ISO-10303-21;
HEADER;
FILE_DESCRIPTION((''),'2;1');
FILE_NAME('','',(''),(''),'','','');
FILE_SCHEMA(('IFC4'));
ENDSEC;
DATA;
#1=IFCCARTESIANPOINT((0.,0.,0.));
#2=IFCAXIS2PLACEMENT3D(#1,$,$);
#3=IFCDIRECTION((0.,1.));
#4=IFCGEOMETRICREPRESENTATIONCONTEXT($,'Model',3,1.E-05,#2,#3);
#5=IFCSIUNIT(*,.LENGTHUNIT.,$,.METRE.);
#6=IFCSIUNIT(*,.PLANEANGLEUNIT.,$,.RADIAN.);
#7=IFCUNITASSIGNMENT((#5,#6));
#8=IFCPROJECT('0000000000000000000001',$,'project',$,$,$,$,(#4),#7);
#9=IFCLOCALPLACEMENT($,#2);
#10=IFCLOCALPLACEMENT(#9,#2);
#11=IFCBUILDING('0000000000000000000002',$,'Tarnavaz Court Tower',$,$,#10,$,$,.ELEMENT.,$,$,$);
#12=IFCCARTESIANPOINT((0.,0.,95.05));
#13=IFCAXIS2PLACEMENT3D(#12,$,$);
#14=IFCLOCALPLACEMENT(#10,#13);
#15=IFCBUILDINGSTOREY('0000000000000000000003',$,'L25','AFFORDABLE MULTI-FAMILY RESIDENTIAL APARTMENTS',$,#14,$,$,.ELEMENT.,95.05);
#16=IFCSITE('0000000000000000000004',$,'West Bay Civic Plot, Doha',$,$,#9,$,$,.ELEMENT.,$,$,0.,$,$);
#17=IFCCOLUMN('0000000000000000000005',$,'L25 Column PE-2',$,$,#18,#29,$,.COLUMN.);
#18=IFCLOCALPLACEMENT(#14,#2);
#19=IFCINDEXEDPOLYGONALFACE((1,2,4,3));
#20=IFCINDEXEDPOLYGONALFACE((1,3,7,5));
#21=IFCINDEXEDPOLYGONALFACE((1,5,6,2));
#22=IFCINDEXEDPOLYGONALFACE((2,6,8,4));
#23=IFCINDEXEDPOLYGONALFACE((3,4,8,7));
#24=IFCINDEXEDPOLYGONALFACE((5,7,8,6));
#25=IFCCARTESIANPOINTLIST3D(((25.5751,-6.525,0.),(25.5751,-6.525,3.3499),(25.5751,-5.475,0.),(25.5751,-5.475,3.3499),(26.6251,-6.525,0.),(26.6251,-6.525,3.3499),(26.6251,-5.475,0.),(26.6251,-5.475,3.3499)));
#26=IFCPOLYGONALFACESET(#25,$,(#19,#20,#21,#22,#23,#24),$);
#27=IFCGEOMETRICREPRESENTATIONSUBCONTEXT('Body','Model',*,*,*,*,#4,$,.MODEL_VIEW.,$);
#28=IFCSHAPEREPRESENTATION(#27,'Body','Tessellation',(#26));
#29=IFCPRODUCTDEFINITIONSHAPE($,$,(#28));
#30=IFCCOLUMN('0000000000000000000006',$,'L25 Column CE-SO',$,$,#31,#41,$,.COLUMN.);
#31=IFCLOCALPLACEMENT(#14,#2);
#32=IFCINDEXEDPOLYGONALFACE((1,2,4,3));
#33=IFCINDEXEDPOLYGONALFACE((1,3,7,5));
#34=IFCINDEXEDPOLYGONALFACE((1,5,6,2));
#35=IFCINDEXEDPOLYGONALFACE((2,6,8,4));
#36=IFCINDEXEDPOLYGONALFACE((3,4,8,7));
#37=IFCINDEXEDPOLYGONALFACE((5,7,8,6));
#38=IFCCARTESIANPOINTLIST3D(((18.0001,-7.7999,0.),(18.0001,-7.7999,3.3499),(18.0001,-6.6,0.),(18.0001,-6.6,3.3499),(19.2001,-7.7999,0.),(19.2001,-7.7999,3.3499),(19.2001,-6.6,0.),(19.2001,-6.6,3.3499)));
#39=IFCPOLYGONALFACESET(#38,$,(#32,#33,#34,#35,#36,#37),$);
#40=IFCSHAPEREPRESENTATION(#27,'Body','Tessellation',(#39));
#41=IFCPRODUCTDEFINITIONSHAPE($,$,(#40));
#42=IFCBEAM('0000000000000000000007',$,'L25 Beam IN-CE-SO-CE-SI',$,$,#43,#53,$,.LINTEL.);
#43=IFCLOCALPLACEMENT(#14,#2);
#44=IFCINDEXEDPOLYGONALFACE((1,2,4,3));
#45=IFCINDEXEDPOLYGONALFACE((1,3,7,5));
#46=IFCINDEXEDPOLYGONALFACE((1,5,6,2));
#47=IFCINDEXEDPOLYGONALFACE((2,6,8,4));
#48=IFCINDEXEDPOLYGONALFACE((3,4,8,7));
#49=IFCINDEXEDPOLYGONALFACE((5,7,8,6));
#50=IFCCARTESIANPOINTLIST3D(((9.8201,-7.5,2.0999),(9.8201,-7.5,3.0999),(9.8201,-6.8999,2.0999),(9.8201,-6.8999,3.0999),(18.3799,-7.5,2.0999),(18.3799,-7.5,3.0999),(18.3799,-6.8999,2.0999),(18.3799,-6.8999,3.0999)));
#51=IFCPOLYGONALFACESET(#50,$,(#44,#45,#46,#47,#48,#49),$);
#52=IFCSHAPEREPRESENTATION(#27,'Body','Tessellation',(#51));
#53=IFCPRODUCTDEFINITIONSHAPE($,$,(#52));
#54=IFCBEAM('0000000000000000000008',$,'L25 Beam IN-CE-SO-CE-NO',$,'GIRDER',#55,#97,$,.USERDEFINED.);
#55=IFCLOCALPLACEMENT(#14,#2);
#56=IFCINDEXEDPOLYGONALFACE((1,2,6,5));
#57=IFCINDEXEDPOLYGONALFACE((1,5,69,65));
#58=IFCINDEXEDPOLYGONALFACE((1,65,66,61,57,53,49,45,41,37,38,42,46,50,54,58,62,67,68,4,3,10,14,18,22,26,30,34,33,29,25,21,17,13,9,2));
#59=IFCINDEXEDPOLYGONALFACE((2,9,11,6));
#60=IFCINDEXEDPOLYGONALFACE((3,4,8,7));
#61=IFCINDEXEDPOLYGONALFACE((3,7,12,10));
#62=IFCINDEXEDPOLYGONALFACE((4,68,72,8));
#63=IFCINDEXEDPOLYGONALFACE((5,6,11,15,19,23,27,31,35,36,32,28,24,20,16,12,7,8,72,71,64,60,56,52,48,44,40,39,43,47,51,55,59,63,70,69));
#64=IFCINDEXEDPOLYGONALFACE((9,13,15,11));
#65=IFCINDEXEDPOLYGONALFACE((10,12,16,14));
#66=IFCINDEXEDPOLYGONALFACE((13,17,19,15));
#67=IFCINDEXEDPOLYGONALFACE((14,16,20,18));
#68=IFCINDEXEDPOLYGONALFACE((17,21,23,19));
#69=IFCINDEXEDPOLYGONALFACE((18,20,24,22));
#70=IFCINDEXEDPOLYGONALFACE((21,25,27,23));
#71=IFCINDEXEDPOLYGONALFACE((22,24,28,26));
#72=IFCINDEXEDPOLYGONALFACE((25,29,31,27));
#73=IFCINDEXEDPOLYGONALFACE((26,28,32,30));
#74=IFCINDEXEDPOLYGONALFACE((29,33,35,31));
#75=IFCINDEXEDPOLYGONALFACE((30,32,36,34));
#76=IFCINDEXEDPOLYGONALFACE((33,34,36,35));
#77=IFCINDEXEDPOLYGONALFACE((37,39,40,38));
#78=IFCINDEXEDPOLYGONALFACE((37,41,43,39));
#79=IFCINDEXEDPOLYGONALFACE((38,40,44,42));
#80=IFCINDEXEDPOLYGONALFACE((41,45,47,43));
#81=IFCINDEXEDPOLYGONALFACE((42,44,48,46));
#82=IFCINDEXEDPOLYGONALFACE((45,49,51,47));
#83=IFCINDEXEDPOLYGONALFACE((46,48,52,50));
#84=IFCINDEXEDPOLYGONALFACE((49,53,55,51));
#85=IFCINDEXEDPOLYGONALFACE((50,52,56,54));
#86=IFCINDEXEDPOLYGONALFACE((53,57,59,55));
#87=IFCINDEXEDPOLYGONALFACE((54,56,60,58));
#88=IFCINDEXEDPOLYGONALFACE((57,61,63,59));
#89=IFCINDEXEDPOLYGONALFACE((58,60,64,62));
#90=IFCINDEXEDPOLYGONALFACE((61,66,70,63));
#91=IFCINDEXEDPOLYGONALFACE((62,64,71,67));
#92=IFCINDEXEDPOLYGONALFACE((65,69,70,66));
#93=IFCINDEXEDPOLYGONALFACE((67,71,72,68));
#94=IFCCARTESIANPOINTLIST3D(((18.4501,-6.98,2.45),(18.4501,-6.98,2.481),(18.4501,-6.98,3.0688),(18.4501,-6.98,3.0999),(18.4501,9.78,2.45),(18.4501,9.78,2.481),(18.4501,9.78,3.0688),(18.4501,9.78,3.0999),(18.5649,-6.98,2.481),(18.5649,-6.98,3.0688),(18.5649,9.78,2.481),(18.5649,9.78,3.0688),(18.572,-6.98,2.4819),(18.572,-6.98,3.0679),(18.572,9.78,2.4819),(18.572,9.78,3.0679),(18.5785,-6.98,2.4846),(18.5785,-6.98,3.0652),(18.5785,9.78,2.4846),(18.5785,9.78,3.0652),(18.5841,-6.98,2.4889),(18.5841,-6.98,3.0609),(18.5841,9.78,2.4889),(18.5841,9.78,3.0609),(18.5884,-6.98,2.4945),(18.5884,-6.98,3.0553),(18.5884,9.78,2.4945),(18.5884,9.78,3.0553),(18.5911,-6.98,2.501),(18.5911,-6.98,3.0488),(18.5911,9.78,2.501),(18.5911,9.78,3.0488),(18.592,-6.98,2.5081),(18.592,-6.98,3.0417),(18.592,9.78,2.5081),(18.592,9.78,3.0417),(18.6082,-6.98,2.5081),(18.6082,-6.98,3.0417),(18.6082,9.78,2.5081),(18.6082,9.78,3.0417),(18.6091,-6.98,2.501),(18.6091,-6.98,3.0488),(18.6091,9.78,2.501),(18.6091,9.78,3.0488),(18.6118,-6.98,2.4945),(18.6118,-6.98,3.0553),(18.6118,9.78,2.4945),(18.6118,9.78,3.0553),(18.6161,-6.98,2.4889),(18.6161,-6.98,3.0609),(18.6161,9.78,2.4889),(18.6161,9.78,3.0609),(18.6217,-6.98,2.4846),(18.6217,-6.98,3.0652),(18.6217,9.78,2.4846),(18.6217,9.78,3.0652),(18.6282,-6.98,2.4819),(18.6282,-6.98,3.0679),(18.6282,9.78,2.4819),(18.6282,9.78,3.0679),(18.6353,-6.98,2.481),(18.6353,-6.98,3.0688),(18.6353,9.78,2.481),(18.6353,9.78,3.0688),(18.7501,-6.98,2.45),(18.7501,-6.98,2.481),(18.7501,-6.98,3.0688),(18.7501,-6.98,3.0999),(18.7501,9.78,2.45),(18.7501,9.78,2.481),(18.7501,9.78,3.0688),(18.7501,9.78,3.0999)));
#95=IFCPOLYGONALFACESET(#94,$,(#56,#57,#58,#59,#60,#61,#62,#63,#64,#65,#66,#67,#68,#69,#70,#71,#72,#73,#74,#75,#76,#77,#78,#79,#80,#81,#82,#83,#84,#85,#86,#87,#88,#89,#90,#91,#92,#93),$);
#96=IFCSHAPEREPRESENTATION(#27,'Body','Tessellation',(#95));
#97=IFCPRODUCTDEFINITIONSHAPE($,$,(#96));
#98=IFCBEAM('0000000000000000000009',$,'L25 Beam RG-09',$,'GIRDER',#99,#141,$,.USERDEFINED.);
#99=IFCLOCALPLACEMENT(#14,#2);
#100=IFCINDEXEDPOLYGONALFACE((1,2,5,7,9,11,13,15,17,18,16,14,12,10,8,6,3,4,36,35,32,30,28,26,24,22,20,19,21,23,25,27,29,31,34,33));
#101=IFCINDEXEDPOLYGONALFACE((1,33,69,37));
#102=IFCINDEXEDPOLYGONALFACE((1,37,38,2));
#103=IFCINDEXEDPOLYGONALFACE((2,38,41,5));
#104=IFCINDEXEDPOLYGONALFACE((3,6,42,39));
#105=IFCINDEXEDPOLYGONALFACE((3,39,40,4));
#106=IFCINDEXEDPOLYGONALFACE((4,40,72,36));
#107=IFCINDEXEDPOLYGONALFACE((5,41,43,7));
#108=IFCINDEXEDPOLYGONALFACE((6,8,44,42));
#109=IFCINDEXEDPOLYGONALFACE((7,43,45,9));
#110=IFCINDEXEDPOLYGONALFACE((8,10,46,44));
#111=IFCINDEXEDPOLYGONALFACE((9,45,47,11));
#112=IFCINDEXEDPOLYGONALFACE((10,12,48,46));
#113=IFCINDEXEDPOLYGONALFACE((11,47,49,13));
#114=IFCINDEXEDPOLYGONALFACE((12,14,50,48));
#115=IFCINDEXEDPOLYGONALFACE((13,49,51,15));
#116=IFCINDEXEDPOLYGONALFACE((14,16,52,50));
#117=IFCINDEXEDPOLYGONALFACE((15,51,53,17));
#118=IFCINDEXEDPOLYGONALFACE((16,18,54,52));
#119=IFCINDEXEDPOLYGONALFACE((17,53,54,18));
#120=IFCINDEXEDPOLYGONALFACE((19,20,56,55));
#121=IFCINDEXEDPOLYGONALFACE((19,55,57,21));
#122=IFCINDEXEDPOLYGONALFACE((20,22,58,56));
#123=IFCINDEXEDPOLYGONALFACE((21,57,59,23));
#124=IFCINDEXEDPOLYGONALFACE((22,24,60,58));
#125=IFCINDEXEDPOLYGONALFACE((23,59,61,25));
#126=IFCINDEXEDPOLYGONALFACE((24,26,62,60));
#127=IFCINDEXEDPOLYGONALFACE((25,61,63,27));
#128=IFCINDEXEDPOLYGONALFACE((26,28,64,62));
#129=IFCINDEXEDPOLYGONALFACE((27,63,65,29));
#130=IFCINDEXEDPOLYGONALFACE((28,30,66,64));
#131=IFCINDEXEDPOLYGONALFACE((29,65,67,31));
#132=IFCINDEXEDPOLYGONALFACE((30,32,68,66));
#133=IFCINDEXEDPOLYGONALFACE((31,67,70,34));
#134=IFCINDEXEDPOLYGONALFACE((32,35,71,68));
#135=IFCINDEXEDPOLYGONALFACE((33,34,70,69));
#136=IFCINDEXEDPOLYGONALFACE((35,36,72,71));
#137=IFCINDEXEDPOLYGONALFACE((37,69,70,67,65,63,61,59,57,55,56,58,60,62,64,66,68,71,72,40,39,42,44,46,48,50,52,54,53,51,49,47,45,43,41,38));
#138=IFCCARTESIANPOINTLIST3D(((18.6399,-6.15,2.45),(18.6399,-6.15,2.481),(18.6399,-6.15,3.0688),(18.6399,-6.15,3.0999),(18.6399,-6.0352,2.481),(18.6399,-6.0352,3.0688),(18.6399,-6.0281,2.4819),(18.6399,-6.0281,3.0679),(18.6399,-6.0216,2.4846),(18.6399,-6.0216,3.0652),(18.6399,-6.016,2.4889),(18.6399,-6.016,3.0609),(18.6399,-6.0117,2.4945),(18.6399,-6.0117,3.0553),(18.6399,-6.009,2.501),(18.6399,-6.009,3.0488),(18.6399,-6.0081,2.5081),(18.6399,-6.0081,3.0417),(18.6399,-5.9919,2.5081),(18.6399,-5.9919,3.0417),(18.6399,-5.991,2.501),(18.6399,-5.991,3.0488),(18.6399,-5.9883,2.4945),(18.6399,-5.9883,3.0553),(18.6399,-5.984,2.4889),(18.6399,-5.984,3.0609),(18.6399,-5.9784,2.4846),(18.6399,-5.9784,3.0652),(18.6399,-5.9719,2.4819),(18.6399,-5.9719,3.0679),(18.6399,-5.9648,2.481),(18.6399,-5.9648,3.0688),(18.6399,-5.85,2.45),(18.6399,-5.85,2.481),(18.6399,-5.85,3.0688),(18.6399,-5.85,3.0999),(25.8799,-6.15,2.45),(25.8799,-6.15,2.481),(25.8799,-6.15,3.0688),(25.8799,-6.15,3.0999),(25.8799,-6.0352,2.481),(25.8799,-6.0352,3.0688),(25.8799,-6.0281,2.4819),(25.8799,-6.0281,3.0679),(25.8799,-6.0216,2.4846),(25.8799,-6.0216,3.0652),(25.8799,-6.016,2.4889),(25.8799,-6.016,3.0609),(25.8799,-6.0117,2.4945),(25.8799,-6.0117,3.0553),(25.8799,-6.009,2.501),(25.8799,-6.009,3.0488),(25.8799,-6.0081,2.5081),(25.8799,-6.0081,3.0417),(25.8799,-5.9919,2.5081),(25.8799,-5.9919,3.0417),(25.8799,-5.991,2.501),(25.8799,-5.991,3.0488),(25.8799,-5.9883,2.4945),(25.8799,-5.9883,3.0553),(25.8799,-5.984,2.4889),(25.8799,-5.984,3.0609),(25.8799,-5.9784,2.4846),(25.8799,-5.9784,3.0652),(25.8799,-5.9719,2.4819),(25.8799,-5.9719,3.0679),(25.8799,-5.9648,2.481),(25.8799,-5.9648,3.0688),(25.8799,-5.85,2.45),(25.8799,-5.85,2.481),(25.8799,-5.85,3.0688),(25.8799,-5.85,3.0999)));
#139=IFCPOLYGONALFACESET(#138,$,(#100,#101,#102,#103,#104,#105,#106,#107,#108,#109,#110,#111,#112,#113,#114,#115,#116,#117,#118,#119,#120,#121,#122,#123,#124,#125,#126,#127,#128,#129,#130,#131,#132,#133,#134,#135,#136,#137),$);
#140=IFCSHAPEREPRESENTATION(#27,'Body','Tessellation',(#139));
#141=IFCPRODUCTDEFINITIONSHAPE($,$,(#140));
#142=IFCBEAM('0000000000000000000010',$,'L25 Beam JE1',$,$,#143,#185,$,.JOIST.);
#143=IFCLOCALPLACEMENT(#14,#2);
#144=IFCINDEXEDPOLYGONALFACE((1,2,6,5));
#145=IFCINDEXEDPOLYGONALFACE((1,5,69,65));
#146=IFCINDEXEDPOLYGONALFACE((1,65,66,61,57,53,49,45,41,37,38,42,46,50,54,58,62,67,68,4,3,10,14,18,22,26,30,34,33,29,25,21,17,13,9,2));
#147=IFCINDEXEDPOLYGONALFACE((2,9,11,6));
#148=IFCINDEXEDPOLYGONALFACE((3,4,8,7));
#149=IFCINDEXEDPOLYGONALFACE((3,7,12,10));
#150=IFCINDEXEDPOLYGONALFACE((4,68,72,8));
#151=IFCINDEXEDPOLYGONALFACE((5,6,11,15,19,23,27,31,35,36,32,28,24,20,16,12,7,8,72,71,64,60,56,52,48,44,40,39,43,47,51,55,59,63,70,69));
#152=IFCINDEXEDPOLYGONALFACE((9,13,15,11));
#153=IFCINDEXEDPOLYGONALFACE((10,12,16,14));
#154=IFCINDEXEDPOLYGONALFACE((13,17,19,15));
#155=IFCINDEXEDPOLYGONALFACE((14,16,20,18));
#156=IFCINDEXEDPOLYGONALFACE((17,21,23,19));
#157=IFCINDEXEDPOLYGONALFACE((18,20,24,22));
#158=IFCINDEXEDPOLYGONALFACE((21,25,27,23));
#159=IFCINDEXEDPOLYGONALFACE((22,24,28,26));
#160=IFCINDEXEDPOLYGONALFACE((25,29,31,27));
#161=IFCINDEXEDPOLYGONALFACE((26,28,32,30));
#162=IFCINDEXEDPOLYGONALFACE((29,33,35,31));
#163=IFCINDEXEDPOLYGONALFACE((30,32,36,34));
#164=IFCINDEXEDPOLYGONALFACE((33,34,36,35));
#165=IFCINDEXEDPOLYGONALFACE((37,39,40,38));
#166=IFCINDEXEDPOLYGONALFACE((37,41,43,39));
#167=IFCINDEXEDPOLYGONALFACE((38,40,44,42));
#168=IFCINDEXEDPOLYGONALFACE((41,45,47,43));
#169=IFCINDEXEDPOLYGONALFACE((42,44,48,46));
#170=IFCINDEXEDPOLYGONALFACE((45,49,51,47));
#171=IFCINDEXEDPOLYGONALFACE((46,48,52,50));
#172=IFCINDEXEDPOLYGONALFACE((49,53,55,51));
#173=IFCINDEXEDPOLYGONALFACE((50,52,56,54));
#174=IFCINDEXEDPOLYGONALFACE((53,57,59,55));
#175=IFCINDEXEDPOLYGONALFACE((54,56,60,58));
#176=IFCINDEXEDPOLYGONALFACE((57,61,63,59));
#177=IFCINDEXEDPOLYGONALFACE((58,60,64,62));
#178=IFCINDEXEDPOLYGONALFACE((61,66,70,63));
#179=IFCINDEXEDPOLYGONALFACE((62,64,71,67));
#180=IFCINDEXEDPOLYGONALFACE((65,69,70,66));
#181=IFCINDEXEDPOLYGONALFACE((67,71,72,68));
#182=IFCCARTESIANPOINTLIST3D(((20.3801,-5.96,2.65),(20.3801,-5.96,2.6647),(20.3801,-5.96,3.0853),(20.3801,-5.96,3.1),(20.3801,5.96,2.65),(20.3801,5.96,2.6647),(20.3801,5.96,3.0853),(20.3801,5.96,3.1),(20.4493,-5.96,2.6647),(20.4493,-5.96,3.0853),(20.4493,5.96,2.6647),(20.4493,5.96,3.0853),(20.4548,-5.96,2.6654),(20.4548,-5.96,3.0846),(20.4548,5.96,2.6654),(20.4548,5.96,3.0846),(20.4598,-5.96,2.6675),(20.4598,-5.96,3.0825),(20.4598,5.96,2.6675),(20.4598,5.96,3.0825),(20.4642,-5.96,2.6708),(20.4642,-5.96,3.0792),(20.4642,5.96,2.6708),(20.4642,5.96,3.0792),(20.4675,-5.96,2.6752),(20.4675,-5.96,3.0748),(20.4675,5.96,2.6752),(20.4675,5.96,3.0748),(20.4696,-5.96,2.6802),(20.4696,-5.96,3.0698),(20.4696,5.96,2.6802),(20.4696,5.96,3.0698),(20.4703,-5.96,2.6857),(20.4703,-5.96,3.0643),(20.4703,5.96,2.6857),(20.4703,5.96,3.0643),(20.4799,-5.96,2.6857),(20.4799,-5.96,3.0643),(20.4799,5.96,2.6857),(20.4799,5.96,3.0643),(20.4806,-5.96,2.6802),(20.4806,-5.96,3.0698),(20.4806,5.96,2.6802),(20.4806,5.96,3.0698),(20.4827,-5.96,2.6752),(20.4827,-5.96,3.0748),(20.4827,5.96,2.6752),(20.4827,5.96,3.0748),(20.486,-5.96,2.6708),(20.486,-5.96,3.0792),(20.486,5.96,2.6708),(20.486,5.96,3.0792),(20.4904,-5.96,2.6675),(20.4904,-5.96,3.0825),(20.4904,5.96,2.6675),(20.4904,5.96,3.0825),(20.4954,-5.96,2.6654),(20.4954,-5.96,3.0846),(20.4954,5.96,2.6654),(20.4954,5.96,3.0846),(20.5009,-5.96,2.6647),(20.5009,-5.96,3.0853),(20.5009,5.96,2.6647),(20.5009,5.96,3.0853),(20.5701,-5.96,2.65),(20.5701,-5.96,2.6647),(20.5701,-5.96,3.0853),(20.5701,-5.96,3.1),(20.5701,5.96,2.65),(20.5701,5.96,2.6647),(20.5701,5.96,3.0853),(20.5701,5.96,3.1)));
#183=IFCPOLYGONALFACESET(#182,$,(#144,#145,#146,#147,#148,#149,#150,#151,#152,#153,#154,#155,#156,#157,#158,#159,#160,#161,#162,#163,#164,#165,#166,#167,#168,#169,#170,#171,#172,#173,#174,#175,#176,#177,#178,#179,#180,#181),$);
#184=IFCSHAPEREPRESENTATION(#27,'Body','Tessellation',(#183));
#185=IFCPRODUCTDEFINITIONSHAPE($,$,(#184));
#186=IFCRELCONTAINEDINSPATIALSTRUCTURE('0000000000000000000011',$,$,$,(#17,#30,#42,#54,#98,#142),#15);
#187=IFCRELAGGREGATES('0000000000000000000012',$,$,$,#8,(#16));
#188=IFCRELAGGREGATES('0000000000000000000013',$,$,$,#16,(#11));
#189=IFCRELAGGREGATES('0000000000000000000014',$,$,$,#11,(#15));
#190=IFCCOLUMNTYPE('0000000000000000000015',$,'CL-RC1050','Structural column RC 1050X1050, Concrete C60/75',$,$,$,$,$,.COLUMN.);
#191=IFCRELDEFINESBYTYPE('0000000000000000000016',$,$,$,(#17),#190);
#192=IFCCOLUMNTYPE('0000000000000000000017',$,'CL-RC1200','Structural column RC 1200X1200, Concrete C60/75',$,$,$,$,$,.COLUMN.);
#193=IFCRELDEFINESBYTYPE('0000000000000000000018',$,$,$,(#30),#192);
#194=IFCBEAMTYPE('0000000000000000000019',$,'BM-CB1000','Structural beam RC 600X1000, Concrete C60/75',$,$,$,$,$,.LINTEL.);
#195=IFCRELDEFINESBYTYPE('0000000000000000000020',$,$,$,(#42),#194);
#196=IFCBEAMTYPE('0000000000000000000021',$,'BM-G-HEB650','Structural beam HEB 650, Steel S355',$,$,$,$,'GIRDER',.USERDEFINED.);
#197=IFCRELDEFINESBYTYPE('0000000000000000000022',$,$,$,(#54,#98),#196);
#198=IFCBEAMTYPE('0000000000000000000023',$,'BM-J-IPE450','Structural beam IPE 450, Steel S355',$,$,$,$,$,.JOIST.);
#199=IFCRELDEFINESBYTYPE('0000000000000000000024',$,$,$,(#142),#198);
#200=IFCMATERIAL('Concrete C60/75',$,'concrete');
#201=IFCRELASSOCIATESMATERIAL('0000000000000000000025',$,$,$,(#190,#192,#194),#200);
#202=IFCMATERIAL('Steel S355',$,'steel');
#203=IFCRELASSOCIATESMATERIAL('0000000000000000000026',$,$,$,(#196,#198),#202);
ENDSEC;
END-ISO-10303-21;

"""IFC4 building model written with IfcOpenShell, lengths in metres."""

from ifc_helpers import new_model, si_unit, direction, frame, origin, origin_2d, place, context, subcontext, project, spatial, rectangle, i_section, extrude, material, material_profile, profile_set, type_object, element, save


model = new_model("IFC4")

# Units and contexts
model_context = context("Model", 3, precision=1e-05, world=origin(), true_north=direction((0.0, 1.0)))
body_context = subcontext(model_context, "Body", "Model", "MODEL_VIEW")
ifc_project = project(units=[si_unit("LENGTHUNIT", "METRE"), si_unit("PLANEANGLEUNIT", "RADIAN")], contexts=[model_context])

# Site, building, storey
site_placement = place(None, origin())
site = spatial("IfcSite", under=ifc_project, at=site_placement, Name="West Bay Civic Plot, Doha", CompositionType="ELEMENT", RefElevation=0.0)
building_placement = place(site_placement, origin())
building = spatial("IfcBuilding", under=site, at=building_placement, Name="Tarnavaz Court Tower", CompositionType="ELEMENT")
storey_placement = place(building_placement, frame((0.0, 0.0, 95.05)))
storey = spatial("IfcBuildingStorey", under=building, at=storey_placement, Name="L25", Description="AFFORDABLE MULTI-FAMILY RESIDENTIAL APARTMENTS", CompositionType="ELEMENT", Elevation=95.05)

# Columns
ifc_material_1 = material(Name="Concrete C60/75", Category="concrete")
ifc_material_profile_1 = material_profile(ifc_material_1, rectangle(XDim=1.05, YDim=1.05, at=origin_2d()), Name="RC 1050X1050")
ifc_profile_set_1 = profile_set([ifc_material_profile_1], Name="Concrete C60/75")
column_type_1 = type_object("IfcColumnType", Name="CL-RC1050", Description="Structural column RC 1050X1050, Concrete C60/75", PredefinedType="COLUMN", material=ifc_profile_set_1)
column_1_placement = place(storey_placement, frame((26.1001, -6.0, 0.0), z_axis=(0.0, 0.0, 1.0), x_axis=(1.0, 0.0, 0.0)))
element("IfcColumn", 1, at=column_1_placement, inside=storey, type_object=column_type_1, Name="L25 Column PE-2", PredefinedType="COLUMN", context=body_context, shape_type="SweptSolid", body=[
    extrude(rectangle(XDim=1.05, YDim=1.05, at=origin_2d()), origin(), (0.0, 0.0, 1.0), 3.3499),
])
ifc_material_profile_2 = material_profile(ifc_material_1, rectangle(XDim=1.2, YDim=1.2, at=origin_2d()), Name="RC 1200X1200")
ifc_profile_set_2 = profile_set([ifc_material_profile_2], Name="Concrete C60/75")
column_type_2 = type_object("IfcColumnType", Name="CL-RC1200", Description="Structural column RC 1200X1200, Concrete C60/75", PredefinedType="COLUMN", material=ifc_profile_set_2)
column_2_placement = place(storey_placement, frame((18.6001, -7.2, 0.0), z_axis=(0.0, 0.0, 1.0), x_axis=(1.0, 0.0, 0.0)))
element("IfcColumn", 2, at=column_2_placement, inside=storey, type_object=column_type_2, Name="L25 Column CE-SO", PredefinedType="COLUMN", context=body_context, shape_type="SweptSolid", body=[
    extrude(rectangle(XDim=1.2, YDim=1.2, at=origin_2d()), origin(), (0.0, 0.0, 1.0), 3.3499),
])

# Beams
ifc_material_profile_3 = material_profile(ifc_material_1, rectangle(XDim=0.6001, YDim=1.0, at=origin_2d()), Name="RC 600X1000")
ifc_profile_set_3 = profile_set([ifc_material_profile_3], Name="Concrete C60/75")
beam_type_1 = type_object("IfcBeamType", Name="BM-CB1000", Description="Structural beam RC 600X1000, Concrete C60/75", PredefinedType="LINTEL", material=ifc_profile_set_3)
beam_1_placement = place(storey_placement, frame((18.3799, -7.2, 2.5999), z_axis=(-1.0, 0.0, 0.0), x_axis=(0.0, -1.0, 0.0)))
element("IfcBeam", 3, at=beam_1_placement, inside=storey, type_object=beam_type_1, Name="L25 Beam IN-CE-SO-CE-SI", PredefinedType="LINTEL", context=body_context, shape_type="SweptSolid", body=[
    extrude(rectangle(XDim=0.6001, YDim=1.0, at=origin_2d()), origin(), (0.0, 0.0, 1.0), 8.5598),
])
ifc_material_2 = material(Name="Steel S355", Category="steel")
ifc_material_profile_4 = material_profile(ifc_material_2, i_section(OverallWidth=0.3, OverallDepth=0.6499, WebThickness=0.0161, FlangeThickness=0.031, FilletRadius=0.0271, at=origin_2d()), Name="HEB 650")
ifc_profile_set_4 = profile_set([ifc_material_profile_4], Name="Steel S355")
beam_type_2 = type_object("IfcBeamType", Name="BM-G-HEB650", Description="Structural beam HEB 650, Steel S355", ElementType="GIRDER", PredefinedType="USERDEFINED", material=ifc_profile_set_4)
beam_2_placement = place(storey_placement, frame((18.6001, -6.98, 2.7749), z_axis=(0.0, 1.0, 0.0), x_axis=(-1.0, 0.0, 0.0)))
element("IfcBeam", 4, at=beam_2_placement, inside=storey, type_object=beam_type_2, Name="L25 Beam IN-CE-SO-CE-NO", ObjectType="GIRDER", PredefinedType="USERDEFINED", context=body_context, shape_type="SweptSolid", body=[
    extrude(i_section(OverallWidth=0.3, OverallDepth=0.6499, WebThickness=0.0161, FlangeThickness=0.031, FilletRadius=0.0271, at=origin_2d()), origin(), (0.0, 0.0, 1.0), 16.76),
])
beam_3_placement = place(storey_placement, frame((18.6399, -6.0, 2.7749), z_axis=(1.0, 0.0, 0.0), x_axis=(0.0, 1.0, 0.0)))
element("IfcBeam", 5, at=beam_3_placement, inside=storey, type_object=beam_type_2, Name="L25 Beam RG-09", ObjectType="GIRDER", PredefinedType="USERDEFINED", context=body_context, shape_type="SweptSolid", body=[
    extrude(i_section(OverallWidth=0.3, OverallDepth=0.6499, WebThickness=0.0161, FlangeThickness=0.031, FilletRadius=0.0271, at=origin_2d()), origin(), (0.0, 0.0, 1.0), 7.24),
])
ifc_material_profile_5 = material_profile(ifc_material_2, i_section(OverallWidth=0.1899, OverallDepth=0.45, WebThickness=0.0095, FlangeThickness=0.0146, FilletRadius=0.021, at=origin_2d()), Name="IPE 450")
ifc_profile_set_5 = profile_set([ifc_material_profile_5], Name="Steel S355")
beam_type_3 = type_object("IfcBeamType", Name="BM-J-IPE450", Description="Structural beam IPE 450, Steel S355", PredefinedType="JOIST", material=ifc_profile_set_5)
for number, where, z_axis, x_axis, name in (
    (6, (20.4751, -5.96, 2.875), (0.0, 1.0, 0.0), (-1.0, 0.0, 0.0), "L25 Beam JE1"),
):
    element("IfcBeam", number, at=place(storey_placement, frame(where, z_axis=z_axis, x_axis=x_axis)), inside=storey, type_object=beam_type_3, Name=name, PredefinedType="JOIST", context=body_context, shape_type="SweptSolid", body=[
        extrude(i_section(OverallWidth=0.1899, OverallDepth=0.45, WebThickness=0.0095, FlangeThickness=0.0146, FilletRadius=0.021, at=origin_2d()), origin(), (0.0, 0.0, 1.0), 11.9199),
    ])

save(model, "model.ifc")
